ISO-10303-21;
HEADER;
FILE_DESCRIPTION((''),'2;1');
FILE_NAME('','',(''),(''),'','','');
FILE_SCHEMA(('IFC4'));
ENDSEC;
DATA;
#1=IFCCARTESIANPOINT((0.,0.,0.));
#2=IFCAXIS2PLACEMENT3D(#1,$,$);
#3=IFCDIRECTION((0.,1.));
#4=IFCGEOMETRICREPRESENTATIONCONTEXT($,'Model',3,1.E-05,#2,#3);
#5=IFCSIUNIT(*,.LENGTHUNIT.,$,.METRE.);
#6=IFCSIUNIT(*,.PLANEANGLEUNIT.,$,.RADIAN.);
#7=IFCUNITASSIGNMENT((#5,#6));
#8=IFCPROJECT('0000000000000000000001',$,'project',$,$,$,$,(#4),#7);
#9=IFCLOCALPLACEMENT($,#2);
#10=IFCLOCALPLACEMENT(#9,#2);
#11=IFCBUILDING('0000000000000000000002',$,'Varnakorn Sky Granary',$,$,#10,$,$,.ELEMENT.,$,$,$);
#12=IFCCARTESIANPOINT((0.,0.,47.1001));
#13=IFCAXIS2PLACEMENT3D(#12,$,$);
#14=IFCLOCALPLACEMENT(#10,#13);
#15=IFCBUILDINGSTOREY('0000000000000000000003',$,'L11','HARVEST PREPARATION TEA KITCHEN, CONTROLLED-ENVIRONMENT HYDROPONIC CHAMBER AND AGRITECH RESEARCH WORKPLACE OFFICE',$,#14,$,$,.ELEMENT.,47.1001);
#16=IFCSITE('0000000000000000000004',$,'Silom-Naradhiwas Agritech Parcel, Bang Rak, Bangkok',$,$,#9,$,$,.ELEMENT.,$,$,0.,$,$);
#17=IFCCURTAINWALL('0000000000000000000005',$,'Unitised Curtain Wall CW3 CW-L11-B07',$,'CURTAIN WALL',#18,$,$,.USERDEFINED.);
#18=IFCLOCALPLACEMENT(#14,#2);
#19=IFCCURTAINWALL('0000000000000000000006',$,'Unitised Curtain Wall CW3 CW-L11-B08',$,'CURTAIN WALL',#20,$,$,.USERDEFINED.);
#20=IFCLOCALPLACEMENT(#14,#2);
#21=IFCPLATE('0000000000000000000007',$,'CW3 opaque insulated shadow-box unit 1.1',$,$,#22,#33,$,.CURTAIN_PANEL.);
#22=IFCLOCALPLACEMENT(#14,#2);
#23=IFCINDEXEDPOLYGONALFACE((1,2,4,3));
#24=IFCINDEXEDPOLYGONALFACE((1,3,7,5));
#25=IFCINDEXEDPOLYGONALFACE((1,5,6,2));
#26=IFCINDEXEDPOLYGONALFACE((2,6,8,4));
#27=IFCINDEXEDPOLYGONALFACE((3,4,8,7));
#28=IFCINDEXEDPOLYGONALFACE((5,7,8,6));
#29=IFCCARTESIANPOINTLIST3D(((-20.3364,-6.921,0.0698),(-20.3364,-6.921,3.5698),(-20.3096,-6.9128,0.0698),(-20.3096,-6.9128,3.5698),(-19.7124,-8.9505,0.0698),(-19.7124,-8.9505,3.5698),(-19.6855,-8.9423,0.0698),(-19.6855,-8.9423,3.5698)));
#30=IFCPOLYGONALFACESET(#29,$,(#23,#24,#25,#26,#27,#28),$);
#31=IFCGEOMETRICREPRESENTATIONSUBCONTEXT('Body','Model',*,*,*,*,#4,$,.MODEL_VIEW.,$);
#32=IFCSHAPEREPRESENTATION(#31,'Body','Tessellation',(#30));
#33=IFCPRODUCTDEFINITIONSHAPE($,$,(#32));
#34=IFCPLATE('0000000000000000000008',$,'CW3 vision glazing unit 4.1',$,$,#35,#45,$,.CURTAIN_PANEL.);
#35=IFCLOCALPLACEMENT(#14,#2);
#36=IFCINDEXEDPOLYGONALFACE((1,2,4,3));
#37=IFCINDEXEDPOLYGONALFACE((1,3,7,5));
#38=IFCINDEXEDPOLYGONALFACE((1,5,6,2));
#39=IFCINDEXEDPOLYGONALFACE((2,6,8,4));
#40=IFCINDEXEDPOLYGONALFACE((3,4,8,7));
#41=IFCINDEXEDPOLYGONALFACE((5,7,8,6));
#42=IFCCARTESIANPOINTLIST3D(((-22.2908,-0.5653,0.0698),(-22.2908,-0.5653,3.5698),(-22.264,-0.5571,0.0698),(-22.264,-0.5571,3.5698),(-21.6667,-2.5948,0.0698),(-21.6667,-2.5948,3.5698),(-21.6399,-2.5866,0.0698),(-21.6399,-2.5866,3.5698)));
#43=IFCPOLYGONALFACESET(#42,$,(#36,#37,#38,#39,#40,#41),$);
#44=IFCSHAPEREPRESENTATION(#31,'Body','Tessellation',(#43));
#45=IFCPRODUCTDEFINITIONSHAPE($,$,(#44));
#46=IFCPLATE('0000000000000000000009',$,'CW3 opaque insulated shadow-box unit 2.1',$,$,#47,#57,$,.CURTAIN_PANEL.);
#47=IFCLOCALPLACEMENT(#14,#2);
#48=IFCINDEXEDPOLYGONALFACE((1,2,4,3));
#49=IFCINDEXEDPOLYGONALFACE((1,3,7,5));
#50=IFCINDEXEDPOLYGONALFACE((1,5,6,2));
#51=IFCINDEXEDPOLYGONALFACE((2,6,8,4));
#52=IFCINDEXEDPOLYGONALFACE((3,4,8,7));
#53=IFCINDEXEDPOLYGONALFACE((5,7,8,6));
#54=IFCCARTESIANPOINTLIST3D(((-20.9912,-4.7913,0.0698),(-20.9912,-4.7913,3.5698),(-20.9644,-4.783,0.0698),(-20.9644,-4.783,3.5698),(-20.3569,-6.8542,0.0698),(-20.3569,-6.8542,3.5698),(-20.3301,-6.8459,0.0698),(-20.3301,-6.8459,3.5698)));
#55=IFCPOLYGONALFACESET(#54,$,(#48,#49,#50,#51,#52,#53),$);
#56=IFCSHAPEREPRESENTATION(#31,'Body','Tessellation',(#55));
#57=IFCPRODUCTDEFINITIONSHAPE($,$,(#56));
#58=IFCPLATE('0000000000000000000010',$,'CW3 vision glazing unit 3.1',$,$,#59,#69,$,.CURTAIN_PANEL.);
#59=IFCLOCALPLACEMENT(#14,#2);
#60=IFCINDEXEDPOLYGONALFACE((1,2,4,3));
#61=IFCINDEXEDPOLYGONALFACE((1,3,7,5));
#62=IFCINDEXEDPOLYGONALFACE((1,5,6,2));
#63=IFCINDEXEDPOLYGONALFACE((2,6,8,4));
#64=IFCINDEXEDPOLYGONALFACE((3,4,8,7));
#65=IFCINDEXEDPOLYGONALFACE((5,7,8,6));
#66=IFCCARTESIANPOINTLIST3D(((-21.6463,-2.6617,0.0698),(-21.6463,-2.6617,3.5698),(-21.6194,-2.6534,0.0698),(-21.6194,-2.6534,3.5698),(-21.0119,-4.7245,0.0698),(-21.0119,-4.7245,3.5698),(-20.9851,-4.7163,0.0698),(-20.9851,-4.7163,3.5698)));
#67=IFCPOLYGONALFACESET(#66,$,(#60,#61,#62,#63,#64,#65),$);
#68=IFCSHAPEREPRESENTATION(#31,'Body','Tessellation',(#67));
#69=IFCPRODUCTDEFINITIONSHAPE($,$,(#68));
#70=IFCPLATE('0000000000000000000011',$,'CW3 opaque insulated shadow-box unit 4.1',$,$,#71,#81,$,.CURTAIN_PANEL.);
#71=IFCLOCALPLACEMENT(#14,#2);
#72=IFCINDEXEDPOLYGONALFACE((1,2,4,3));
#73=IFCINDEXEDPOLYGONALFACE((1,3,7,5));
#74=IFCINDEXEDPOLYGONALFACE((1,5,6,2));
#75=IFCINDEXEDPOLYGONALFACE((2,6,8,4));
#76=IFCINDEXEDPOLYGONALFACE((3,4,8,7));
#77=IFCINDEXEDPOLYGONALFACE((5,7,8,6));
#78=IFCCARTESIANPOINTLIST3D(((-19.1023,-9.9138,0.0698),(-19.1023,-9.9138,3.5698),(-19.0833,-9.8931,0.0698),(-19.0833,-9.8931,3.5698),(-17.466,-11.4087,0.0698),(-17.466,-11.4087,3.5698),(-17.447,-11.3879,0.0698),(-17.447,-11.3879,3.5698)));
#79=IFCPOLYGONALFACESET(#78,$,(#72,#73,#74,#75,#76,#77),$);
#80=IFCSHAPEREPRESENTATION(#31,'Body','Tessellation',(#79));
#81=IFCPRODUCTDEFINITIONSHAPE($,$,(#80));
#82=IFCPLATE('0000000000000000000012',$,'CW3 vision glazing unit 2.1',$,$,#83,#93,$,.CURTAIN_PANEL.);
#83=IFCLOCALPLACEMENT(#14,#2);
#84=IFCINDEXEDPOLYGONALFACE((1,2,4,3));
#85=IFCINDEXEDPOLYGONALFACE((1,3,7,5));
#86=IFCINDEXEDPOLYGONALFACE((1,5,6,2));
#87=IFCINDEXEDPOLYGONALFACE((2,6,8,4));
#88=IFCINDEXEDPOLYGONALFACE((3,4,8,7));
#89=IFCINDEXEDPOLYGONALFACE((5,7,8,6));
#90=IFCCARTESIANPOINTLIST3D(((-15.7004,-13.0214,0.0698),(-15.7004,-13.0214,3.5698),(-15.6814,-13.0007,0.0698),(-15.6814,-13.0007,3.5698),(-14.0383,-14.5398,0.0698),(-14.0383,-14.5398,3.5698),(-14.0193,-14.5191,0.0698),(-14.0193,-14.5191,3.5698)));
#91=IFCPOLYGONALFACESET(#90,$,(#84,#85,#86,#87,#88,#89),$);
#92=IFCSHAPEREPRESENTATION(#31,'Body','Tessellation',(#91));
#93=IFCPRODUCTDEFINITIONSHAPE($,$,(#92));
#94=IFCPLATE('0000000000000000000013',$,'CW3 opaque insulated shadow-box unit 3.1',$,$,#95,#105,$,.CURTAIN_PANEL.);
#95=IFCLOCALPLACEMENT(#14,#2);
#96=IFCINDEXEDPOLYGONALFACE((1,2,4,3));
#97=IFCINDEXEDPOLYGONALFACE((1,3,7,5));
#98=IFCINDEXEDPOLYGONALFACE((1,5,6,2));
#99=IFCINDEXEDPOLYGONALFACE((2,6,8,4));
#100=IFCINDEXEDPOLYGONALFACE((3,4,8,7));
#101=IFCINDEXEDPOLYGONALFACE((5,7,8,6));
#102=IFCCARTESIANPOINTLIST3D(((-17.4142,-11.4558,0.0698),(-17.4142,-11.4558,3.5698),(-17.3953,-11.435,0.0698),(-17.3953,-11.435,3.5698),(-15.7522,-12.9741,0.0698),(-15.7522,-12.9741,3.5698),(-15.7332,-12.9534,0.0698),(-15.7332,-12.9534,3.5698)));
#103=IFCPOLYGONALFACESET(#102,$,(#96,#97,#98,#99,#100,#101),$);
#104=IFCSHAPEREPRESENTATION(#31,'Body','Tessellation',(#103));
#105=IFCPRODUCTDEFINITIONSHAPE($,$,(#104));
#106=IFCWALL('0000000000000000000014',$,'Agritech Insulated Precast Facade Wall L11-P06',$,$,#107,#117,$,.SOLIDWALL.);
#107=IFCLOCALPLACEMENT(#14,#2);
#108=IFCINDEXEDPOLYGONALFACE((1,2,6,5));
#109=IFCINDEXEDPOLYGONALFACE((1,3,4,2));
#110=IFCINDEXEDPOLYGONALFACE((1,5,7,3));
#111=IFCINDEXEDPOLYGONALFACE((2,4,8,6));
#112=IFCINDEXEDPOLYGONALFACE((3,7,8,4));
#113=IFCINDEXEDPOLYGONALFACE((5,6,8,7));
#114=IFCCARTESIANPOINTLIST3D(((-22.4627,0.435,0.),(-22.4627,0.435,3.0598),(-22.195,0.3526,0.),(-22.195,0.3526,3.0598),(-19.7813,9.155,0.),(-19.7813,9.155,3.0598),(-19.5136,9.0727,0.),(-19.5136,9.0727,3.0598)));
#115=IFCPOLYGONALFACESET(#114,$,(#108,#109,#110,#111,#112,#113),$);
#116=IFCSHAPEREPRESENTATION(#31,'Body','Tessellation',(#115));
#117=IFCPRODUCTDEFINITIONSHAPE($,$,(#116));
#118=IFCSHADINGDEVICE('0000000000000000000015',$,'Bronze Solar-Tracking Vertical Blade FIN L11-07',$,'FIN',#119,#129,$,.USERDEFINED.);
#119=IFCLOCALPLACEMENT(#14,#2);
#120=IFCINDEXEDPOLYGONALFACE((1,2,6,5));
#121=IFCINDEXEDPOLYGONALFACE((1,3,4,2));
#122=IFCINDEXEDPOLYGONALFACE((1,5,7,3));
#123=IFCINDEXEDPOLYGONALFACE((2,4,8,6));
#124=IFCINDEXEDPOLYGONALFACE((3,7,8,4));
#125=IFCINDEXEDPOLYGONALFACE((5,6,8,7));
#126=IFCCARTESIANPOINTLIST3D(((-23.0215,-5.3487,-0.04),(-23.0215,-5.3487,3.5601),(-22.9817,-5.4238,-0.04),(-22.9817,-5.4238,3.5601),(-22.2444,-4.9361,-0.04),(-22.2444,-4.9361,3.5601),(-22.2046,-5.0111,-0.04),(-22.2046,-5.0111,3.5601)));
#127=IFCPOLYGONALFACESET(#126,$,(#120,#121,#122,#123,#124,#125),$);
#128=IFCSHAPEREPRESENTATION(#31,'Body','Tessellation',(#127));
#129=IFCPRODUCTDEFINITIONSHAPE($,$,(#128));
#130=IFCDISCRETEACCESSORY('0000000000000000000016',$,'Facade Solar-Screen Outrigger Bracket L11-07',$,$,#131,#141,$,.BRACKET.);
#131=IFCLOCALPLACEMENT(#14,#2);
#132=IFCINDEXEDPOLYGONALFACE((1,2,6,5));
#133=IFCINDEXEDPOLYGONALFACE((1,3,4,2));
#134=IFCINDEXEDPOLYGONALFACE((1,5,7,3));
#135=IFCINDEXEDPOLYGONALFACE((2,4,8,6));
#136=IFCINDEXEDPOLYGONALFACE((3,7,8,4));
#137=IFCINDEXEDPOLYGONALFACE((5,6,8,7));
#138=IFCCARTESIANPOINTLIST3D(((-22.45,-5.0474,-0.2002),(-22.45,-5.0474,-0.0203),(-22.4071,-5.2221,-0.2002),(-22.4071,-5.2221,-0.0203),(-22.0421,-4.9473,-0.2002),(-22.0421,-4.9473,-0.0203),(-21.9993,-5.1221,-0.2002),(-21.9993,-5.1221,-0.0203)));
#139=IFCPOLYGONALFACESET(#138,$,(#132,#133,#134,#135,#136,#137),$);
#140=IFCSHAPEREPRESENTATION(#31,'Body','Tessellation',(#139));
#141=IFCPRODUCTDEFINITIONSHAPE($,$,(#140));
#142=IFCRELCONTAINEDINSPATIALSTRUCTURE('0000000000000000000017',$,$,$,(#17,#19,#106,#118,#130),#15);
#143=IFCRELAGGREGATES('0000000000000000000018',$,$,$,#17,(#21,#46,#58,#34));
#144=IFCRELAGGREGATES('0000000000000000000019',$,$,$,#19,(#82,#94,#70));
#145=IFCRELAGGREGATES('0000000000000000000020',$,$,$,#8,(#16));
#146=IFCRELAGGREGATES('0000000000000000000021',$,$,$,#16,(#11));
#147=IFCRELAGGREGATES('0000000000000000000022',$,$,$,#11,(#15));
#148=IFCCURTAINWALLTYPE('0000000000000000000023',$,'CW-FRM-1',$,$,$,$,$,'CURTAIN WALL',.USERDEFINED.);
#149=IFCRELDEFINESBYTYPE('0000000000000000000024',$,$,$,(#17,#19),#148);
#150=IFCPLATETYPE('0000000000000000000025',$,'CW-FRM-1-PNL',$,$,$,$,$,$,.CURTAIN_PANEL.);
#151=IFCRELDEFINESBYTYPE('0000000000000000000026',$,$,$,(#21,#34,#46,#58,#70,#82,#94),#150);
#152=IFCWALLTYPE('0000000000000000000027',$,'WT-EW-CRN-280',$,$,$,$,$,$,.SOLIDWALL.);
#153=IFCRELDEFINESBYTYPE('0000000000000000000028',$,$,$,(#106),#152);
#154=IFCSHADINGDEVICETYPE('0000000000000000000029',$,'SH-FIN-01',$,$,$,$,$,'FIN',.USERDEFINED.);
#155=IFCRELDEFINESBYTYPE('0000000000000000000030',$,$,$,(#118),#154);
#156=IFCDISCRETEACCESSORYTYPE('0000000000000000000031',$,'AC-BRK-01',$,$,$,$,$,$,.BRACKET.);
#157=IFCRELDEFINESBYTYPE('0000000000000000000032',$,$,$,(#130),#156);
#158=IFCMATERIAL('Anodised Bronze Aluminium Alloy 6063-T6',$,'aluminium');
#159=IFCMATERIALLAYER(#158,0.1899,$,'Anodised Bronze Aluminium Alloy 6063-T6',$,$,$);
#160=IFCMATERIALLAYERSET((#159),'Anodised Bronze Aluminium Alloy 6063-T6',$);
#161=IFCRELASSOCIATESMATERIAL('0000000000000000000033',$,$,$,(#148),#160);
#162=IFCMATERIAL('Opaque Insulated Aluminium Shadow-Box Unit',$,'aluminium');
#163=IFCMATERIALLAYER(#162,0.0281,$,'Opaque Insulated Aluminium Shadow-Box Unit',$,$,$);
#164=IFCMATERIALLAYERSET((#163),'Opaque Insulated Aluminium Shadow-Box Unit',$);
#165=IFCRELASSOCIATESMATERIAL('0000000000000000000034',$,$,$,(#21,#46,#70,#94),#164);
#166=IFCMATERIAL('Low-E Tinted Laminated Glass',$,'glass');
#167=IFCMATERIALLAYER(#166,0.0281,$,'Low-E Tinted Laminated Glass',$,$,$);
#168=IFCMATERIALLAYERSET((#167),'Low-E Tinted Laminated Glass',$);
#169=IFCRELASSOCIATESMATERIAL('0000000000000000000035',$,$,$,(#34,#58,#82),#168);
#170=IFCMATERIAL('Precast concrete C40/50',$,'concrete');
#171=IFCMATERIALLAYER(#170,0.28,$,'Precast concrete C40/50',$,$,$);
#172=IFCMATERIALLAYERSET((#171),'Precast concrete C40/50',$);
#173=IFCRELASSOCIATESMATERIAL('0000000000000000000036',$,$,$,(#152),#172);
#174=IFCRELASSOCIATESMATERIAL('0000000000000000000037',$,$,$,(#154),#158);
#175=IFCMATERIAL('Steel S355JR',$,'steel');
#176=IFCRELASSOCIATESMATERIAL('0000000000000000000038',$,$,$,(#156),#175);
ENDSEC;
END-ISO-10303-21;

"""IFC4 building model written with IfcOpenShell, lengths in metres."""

from ifc_helpers import new_model, si_unit, direction, frame, frame_2d, origin, origin_2d, place, context, subcontext, project, spatial, rectangle, extrude, source, transform, mapped, material, layer, layer_set, type_object, type_shapes, element, aggregate, save


model = new_model("IFC4")

# Units and contexts
model_context = context("Model", 3, precision=1e-05, world=origin(), true_north=direction((0.0, 1.0)))
body_context = subcontext(model_context, "Body", "Model", "MODEL_VIEW")
ifc_project = project(units=[si_unit("LENGTHUNIT", "METRE"), si_unit("PLANEANGLEUNIT", "RADIAN")], contexts=[model_context])

# Site, building, storey
site_placement = place(None, origin())
site = spatial("IfcSite", under=ifc_project, at=site_placement, Name="Silom-Naradhiwas Agritech Parcel, Bang Rak, Bangkok", CompositionType="ELEMENT", RefElevation=0.0)
building_placement = place(site_placement, origin())
building = spatial("IfcBuilding", under=site, at=building_placement, Name="Varnakorn Sky Granary", CompositionType="ELEMENT")
storey_placement = place(building_placement, frame((0.0, 0.0, 47.1001)))
storey = spatial("IfcBuildingStorey", under=building, at=storey_placement, Name="L11", Description="HARVEST PREPARATION TEA KITCHEN, CONTROLLED-ENVIRONMENT HYDROPONIC CHAMBER AND AGRITECH RESEARCH WORKPLACE OFFICE", CompositionType="ELEMENT", Elevation=47.1001)

# Shared definitions
ifc_material_1 = material(Name="Steel S355JR", Category="steel")

# Curtain walls
ifc_material_2 = material(Name="Anodised Bronze Aluminium Alloy 6063-T6", Category="aluminium")
ifc_layer_1 = layer(ifc_material_2, 0.1899, Name="Anodised Bronze Aluminium Alloy 6063-T6")
ifc_layer_set_1 = layer_set([ifc_layer_1], Name="Anodised Bronze Aluminium Alloy 6063-T6")
curtain_wall_type = type_object("IfcCurtainWallType", Name="CW-FRM-1", ElementType="CURTAIN WALL", PredefinedType="USERDEFINED", material=ifc_layer_set_1)
curtain_wall_1_placement = place(storey_placement, origin())
curtain_wall_1 = element("IfcCurtainWall", 1, at=curtain_wall_1_placement, inside=storey, type_object=curtain_wall_type, Name="Unitised Curtain Wall CW3 CW-L11-B07", ObjectType="CURTAIN WALL", PredefinedType="USERDEFINED")
curtain_wall_2_placement = place(storey_placement, origin())
curtain_wall_2 = element("IfcCurtainWall", 2, at=curtain_wall_2_placement, inside=storey, type_object=curtain_wall_type, Name="Unitised Curtain Wall CW3 CW-L11-B08", ObjectType="CURTAIN WALL", PredefinedType="USERDEFINED")

# Plates
ifc_material_3 = material(Name="Opaque Insulated Aluminium Shadow-Box Unit", Category="aluminium")
ifc_layer_2 = layer(ifc_material_3, 0.0281, Name="Opaque Insulated Aluminium Shadow-Box Unit")
ifc_layer_set_2 = layer_set([ifc_layer_2], Name="Opaque Insulated Aluminium Shadow-Box Unit")
plate_type = type_object("IfcPlateType", Name="CW-FRM-1-PNL", PredefinedType="CURTAIN_PANEL")
shared_shape_1 = source(origin(), body_context, "Body", "SweptSolid", [
    extrude(rectangle(XDim=2.1233, YDim=0.0281, at=origin_2d()), origin(), (0.0, 0.0, 1.0), 3.5),
])
plate_1_placement = place(storey_placement, frame((-20.011, -7.9316, 0.0698), z_axis=(0.0, 0.0, 1.0), x_axis=(-0.293926, 0.955828, 0.0)))
plate_1 = element("IfcPlate", 3, at=plate_1_placement, type_object=plate_type, material=ifc_layer_set_2, Name="CW3 opaque insulated shadow-box unit 1.1", PredefinedType="CURTAIN_PANEL", context=body_context, shape_type="MappedRepresentation", body=[
    mapped(shared_shape_1, transform((0.0, 0.0, 0.0), x_axis=(1.0, 0.0, 0.0), y_axis=(0.0, 1.0, 0.0), z_axis=(0.0, 0.0, 1.0), scale=1.0)),
])
ifc_material_4 = material(Name="Low-E Tinted Laminated Glass", Category="glass")
ifc_layer_3 = layer(ifc_material_4, 0.0281, Name="Low-E Tinted Laminated Glass")
ifc_layer_set_3 = layer_set([ifc_layer_3], Name="Low-E Tinted Laminated Glass")
plate_2_placement = place(storey_placement, frame((-21.9653, -1.5759, 0.0698), z_axis=(0.0, 0.0, 1.0), x_axis=(-0.293926, 0.955828, 0.0)))
plate_2 = element("IfcPlate", 4, at=plate_2_placement, type_object=plate_type, material=ifc_layer_set_3, Name="CW3 vision glazing unit 4.1", PredefinedType="CURTAIN_PANEL", context=body_context, shape_type="MappedRepresentation", body=[
    mapped(shared_shape_1, transform((0.0, 0.0, 0.0), x_axis=(1.0, 0.0, 0.0), y_axis=(0.0, 1.0, 0.0), z_axis=(0.0, 0.0, 1.0), scale=1.0)),
])
shared_shape_2 = source(origin(), body_context, "Body", "SweptSolid", [
    extrude(rectangle(XDim=2.1582, YDim=0.0281, at=origin_2d()), origin(), (0.0, 0.0, 1.0), 3.5),
])
plate_3_placement = place(storey_placement, frame((-20.6606, -5.8186, 0.0698), z_axis=(0.0, 0.0, 1.0), x_axis=(-0.293926, 0.955828, 0.0)))
plate_3 = element("IfcPlate", 5, at=plate_3_placement, type_object=plate_type, material=ifc_layer_set_2, Name="CW3 opaque insulated shadow-box unit 2.1", PredefinedType="CURTAIN_PANEL", context=body_context, shape_type="MappedRepresentation", body=[
    mapped(shared_shape_2, transform((0.0, 0.0, 0.0), x_axis=(1.0, 0.0, 0.0), y_axis=(0.0, 1.0, 0.0), z_axis=(0.0, 0.0, 1.0), scale=1.0)),
])
plate_4_placement = place(storey_placement, frame((-21.3157, -3.689, 0.0698), z_axis=(0.0, 0.0, 1.0), x_axis=(-0.293926, 0.955828, 0.0)))
plate_4 = element("IfcPlate", 6, at=plate_4_placement, type_object=plate_type, material=ifc_layer_set_3, Name="CW3 vision glazing unit 3.1", PredefinedType="CURTAIN_PANEL", context=body_context, shape_type="MappedRepresentation", body=[
    mapped(shared_shape_2, transform((0.0, 0.0, 0.0), x_axis=(1.0, 0.0, 0.0), y_axis=(0.0, 1.0, 0.0), z_axis=(0.0, 0.0, 1.0), scale=1.0)),
])
aggregate(curtain_wall_1, [plate_1, plate_3, plate_4, plate_2])
shared_shape_3 = source(origin(), body_context, "Body", "SweptSolid", [
    extrude(rectangle(XDim=2.2163, YDim=0.0281, at=origin_2d()), origin(), (0.0, 0.0, 1.0), 3.5),
])
plate_5_placement = place(storey_placement, frame((-18.2747, -10.6509, 0.0698), z_axis=(0.0, 0.0, 1.0), x_axis=(-0.738307, 0.674464, 0.0)))
plate_5 = element("IfcPlate", 7, at=plate_5_placement, type_object=plate_type, material=ifc_layer_set_2, Name="CW3 opaque insulated shadow-box unit 4.1", PredefinedType="CURTAIN_PANEL", context=body_context, shape_type="MappedRepresentation", body=[
    mapped(shared_shape_3, transform((0.0, 0.0, 0.0), x_axis=(1.0, 0.0, 0.0), y_axis=(0.0, 1.0, 0.0), z_axis=(0.0, 0.0, 1.0), scale=1.0)),
])
shared_shape_4 = source(origin(), body_context, "Body", "SweptSolid", [
    extrude(rectangle(XDim=2.2512, YDim=0.0281, at=origin_2d()), origin(), (0.0, 0.0, 1.0), 3.5),
])
type_shapes(plate_type, [shared_shape_1, shared_shape_2, shared_shape_3, shared_shape_4])
plate_6_placement = place(storey_placement, frame((-14.8599, -13.7703, 0.0698), z_axis=(0.0, 0.0, 1.0), x_axis=(-0.738307, 0.674464, 0.0)))
plate_6 = element("IfcPlate", 8, at=plate_6_placement, type_object=plate_type, material=ifc_layer_set_3, Name="CW3 vision glazing unit 2.1", PredefinedType="CURTAIN_PANEL", context=body_context, shape_type="MappedRepresentation", body=[
    mapped(shared_shape_4, transform((0.0, 0.0, 0.0), x_axis=(1.0, 0.0, 0.0), y_axis=(0.0, 1.0, 0.0), z_axis=(0.0, 0.0, 1.0), scale=1.0)),
])
plate_7_placement = place(storey_placement, frame((-16.5737, -12.2046, 0.0698), z_axis=(0.0, 0.0, 1.0), x_axis=(-0.738307, 0.674464, 0.0)))
plate_7 = element("IfcPlate", 9, at=plate_7_placement, type_object=plate_type, material=ifc_layer_set_2, Name="CW3 opaque insulated shadow-box unit 3.1", PredefinedType="CURTAIN_PANEL", context=body_context, shape_type="MappedRepresentation", body=[
    mapped(shared_shape_4, transform((0.0, 0.0, 0.0), x_axis=(1.0, 0.0, 0.0), y_axis=(0.0, 1.0, 0.0), z_axis=(0.0, 0.0, 1.0), scale=1.0)),
])
aggregate(curtain_wall_2, [plate_6, plate_7, plate_5])

# Wall
ifc_material_5 = material(Name="Precast concrete C40/50", Category="concrete")
ifc_layer_4 = layer(ifc_material_5, 0.28, Name="Precast concrete C40/50")
ifc_layer_set_4 = layer_set([ifc_layer_4], Name="Precast concrete C40/50")
wall_type = type_object("IfcWallType", Name="WT-EW-CRN-280", PredefinedType="SOLIDWALL", material=ifc_layer_set_4)
wall_placement = place(storey_placement, frame((-22.3289, 0.3938, 0.0), z_axis=(0.0, 0.0, 1.0), x_axis=(0.293918, 0.95583, 0.0)))
element("IfcWall", 10, at=wall_placement, inside=storey, type_object=wall_type, Name="Agritech Insulated Precast Facade Wall L11-P06", PredefinedType="SOLIDWALL", context=body_context, shape_type="SweptSolid", body=[
    extrude(rectangle(XDim=9.123, YDim=0.28, at=frame_2d((4.5615, 0.0))), origin(), (0.0, 0.0, 1.0), 3.0598),
])

# Shading device
shading_device_type = type_object("IfcShadingDeviceType", Name="SH-FIN-01", ElementType="FIN", PredefinedType="USERDEFINED", material=ifc_material_2)
shared_shape_5 = source(origin(), body_context, "Body", "SweptSolid", [
    extrude(rectangle(XDim=0.085, YDim=0.8799, at=origin_2d()), origin(), (0.0, 0.0, 1.0), 3.6001),
])
type_shapes(shading_device_type, [shared_shape_5])
shading_device_placement = place(storey_placement, frame((-22.613, -5.1799, -0.04), z_axis=(0.0, 0.0, 1.0), x_axis=(0.468978, -0.88321, 0.0)))
element("IfcShadingDevice", 11, at=shading_device_placement, inside=storey, type_object=shading_device_type, Name="Bronze Solar-Tracking Vertical Blade FIN L11-07", ObjectType="FIN", PredefinedType="USERDEFINED", context=body_context, shape_type="MappedRepresentation", body=[
    mapped(shared_shape_5, transform((0.0, 0.0, 0.0), x_axis=(1.0, 0.0, 0.0), y_axis=(0.0, 1.0, 0.0), z_axis=(0.0, 0.0, 1.0), scale=1.0)),
])

# Discrete accessory
discrete_accessory_type = type_object("IfcDiscreteAccessoryType", Name="AC-BRK-01", PredefinedType="BRACKET", material=ifc_material_1)
shared_shape_6 = source(origin(), body_context, "Body", "SweptSolid", [
    extrude(rectangle(XDim=0.1799, YDim=0.4199, at=origin_2d()), origin(), (0.0, 0.0, 1.0), 0.1799),
])
type_shapes(discrete_accessory_type, [shared_shape_6])
discrete_accessory_placement = place(storey_placement, frame((-22.2246, -5.0847, -0.2002), z_axis=(0.0, 0.0, 1.0), x_axis=(0.238275, -0.971198, 0.0)))
element("IfcDiscreteAccessory", 12, at=discrete_accessory_placement, inside=storey, type_object=discrete_accessory_type, Name="Facade Solar-Screen Outrigger Bracket L11-07", PredefinedType="BRACKET", context=body_context, shape_type="MappedRepresentation", body=[
    mapped(shared_shape_6, transform((0.0, 0.0, 0.0), x_axis=(1.0, 0.0, 0.0), y_axis=(0.0, 1.0, 0.0), z_axis=(0.0, 0.0, 1.0), scale=1.0)),
])

save(model, "model.ifc")
